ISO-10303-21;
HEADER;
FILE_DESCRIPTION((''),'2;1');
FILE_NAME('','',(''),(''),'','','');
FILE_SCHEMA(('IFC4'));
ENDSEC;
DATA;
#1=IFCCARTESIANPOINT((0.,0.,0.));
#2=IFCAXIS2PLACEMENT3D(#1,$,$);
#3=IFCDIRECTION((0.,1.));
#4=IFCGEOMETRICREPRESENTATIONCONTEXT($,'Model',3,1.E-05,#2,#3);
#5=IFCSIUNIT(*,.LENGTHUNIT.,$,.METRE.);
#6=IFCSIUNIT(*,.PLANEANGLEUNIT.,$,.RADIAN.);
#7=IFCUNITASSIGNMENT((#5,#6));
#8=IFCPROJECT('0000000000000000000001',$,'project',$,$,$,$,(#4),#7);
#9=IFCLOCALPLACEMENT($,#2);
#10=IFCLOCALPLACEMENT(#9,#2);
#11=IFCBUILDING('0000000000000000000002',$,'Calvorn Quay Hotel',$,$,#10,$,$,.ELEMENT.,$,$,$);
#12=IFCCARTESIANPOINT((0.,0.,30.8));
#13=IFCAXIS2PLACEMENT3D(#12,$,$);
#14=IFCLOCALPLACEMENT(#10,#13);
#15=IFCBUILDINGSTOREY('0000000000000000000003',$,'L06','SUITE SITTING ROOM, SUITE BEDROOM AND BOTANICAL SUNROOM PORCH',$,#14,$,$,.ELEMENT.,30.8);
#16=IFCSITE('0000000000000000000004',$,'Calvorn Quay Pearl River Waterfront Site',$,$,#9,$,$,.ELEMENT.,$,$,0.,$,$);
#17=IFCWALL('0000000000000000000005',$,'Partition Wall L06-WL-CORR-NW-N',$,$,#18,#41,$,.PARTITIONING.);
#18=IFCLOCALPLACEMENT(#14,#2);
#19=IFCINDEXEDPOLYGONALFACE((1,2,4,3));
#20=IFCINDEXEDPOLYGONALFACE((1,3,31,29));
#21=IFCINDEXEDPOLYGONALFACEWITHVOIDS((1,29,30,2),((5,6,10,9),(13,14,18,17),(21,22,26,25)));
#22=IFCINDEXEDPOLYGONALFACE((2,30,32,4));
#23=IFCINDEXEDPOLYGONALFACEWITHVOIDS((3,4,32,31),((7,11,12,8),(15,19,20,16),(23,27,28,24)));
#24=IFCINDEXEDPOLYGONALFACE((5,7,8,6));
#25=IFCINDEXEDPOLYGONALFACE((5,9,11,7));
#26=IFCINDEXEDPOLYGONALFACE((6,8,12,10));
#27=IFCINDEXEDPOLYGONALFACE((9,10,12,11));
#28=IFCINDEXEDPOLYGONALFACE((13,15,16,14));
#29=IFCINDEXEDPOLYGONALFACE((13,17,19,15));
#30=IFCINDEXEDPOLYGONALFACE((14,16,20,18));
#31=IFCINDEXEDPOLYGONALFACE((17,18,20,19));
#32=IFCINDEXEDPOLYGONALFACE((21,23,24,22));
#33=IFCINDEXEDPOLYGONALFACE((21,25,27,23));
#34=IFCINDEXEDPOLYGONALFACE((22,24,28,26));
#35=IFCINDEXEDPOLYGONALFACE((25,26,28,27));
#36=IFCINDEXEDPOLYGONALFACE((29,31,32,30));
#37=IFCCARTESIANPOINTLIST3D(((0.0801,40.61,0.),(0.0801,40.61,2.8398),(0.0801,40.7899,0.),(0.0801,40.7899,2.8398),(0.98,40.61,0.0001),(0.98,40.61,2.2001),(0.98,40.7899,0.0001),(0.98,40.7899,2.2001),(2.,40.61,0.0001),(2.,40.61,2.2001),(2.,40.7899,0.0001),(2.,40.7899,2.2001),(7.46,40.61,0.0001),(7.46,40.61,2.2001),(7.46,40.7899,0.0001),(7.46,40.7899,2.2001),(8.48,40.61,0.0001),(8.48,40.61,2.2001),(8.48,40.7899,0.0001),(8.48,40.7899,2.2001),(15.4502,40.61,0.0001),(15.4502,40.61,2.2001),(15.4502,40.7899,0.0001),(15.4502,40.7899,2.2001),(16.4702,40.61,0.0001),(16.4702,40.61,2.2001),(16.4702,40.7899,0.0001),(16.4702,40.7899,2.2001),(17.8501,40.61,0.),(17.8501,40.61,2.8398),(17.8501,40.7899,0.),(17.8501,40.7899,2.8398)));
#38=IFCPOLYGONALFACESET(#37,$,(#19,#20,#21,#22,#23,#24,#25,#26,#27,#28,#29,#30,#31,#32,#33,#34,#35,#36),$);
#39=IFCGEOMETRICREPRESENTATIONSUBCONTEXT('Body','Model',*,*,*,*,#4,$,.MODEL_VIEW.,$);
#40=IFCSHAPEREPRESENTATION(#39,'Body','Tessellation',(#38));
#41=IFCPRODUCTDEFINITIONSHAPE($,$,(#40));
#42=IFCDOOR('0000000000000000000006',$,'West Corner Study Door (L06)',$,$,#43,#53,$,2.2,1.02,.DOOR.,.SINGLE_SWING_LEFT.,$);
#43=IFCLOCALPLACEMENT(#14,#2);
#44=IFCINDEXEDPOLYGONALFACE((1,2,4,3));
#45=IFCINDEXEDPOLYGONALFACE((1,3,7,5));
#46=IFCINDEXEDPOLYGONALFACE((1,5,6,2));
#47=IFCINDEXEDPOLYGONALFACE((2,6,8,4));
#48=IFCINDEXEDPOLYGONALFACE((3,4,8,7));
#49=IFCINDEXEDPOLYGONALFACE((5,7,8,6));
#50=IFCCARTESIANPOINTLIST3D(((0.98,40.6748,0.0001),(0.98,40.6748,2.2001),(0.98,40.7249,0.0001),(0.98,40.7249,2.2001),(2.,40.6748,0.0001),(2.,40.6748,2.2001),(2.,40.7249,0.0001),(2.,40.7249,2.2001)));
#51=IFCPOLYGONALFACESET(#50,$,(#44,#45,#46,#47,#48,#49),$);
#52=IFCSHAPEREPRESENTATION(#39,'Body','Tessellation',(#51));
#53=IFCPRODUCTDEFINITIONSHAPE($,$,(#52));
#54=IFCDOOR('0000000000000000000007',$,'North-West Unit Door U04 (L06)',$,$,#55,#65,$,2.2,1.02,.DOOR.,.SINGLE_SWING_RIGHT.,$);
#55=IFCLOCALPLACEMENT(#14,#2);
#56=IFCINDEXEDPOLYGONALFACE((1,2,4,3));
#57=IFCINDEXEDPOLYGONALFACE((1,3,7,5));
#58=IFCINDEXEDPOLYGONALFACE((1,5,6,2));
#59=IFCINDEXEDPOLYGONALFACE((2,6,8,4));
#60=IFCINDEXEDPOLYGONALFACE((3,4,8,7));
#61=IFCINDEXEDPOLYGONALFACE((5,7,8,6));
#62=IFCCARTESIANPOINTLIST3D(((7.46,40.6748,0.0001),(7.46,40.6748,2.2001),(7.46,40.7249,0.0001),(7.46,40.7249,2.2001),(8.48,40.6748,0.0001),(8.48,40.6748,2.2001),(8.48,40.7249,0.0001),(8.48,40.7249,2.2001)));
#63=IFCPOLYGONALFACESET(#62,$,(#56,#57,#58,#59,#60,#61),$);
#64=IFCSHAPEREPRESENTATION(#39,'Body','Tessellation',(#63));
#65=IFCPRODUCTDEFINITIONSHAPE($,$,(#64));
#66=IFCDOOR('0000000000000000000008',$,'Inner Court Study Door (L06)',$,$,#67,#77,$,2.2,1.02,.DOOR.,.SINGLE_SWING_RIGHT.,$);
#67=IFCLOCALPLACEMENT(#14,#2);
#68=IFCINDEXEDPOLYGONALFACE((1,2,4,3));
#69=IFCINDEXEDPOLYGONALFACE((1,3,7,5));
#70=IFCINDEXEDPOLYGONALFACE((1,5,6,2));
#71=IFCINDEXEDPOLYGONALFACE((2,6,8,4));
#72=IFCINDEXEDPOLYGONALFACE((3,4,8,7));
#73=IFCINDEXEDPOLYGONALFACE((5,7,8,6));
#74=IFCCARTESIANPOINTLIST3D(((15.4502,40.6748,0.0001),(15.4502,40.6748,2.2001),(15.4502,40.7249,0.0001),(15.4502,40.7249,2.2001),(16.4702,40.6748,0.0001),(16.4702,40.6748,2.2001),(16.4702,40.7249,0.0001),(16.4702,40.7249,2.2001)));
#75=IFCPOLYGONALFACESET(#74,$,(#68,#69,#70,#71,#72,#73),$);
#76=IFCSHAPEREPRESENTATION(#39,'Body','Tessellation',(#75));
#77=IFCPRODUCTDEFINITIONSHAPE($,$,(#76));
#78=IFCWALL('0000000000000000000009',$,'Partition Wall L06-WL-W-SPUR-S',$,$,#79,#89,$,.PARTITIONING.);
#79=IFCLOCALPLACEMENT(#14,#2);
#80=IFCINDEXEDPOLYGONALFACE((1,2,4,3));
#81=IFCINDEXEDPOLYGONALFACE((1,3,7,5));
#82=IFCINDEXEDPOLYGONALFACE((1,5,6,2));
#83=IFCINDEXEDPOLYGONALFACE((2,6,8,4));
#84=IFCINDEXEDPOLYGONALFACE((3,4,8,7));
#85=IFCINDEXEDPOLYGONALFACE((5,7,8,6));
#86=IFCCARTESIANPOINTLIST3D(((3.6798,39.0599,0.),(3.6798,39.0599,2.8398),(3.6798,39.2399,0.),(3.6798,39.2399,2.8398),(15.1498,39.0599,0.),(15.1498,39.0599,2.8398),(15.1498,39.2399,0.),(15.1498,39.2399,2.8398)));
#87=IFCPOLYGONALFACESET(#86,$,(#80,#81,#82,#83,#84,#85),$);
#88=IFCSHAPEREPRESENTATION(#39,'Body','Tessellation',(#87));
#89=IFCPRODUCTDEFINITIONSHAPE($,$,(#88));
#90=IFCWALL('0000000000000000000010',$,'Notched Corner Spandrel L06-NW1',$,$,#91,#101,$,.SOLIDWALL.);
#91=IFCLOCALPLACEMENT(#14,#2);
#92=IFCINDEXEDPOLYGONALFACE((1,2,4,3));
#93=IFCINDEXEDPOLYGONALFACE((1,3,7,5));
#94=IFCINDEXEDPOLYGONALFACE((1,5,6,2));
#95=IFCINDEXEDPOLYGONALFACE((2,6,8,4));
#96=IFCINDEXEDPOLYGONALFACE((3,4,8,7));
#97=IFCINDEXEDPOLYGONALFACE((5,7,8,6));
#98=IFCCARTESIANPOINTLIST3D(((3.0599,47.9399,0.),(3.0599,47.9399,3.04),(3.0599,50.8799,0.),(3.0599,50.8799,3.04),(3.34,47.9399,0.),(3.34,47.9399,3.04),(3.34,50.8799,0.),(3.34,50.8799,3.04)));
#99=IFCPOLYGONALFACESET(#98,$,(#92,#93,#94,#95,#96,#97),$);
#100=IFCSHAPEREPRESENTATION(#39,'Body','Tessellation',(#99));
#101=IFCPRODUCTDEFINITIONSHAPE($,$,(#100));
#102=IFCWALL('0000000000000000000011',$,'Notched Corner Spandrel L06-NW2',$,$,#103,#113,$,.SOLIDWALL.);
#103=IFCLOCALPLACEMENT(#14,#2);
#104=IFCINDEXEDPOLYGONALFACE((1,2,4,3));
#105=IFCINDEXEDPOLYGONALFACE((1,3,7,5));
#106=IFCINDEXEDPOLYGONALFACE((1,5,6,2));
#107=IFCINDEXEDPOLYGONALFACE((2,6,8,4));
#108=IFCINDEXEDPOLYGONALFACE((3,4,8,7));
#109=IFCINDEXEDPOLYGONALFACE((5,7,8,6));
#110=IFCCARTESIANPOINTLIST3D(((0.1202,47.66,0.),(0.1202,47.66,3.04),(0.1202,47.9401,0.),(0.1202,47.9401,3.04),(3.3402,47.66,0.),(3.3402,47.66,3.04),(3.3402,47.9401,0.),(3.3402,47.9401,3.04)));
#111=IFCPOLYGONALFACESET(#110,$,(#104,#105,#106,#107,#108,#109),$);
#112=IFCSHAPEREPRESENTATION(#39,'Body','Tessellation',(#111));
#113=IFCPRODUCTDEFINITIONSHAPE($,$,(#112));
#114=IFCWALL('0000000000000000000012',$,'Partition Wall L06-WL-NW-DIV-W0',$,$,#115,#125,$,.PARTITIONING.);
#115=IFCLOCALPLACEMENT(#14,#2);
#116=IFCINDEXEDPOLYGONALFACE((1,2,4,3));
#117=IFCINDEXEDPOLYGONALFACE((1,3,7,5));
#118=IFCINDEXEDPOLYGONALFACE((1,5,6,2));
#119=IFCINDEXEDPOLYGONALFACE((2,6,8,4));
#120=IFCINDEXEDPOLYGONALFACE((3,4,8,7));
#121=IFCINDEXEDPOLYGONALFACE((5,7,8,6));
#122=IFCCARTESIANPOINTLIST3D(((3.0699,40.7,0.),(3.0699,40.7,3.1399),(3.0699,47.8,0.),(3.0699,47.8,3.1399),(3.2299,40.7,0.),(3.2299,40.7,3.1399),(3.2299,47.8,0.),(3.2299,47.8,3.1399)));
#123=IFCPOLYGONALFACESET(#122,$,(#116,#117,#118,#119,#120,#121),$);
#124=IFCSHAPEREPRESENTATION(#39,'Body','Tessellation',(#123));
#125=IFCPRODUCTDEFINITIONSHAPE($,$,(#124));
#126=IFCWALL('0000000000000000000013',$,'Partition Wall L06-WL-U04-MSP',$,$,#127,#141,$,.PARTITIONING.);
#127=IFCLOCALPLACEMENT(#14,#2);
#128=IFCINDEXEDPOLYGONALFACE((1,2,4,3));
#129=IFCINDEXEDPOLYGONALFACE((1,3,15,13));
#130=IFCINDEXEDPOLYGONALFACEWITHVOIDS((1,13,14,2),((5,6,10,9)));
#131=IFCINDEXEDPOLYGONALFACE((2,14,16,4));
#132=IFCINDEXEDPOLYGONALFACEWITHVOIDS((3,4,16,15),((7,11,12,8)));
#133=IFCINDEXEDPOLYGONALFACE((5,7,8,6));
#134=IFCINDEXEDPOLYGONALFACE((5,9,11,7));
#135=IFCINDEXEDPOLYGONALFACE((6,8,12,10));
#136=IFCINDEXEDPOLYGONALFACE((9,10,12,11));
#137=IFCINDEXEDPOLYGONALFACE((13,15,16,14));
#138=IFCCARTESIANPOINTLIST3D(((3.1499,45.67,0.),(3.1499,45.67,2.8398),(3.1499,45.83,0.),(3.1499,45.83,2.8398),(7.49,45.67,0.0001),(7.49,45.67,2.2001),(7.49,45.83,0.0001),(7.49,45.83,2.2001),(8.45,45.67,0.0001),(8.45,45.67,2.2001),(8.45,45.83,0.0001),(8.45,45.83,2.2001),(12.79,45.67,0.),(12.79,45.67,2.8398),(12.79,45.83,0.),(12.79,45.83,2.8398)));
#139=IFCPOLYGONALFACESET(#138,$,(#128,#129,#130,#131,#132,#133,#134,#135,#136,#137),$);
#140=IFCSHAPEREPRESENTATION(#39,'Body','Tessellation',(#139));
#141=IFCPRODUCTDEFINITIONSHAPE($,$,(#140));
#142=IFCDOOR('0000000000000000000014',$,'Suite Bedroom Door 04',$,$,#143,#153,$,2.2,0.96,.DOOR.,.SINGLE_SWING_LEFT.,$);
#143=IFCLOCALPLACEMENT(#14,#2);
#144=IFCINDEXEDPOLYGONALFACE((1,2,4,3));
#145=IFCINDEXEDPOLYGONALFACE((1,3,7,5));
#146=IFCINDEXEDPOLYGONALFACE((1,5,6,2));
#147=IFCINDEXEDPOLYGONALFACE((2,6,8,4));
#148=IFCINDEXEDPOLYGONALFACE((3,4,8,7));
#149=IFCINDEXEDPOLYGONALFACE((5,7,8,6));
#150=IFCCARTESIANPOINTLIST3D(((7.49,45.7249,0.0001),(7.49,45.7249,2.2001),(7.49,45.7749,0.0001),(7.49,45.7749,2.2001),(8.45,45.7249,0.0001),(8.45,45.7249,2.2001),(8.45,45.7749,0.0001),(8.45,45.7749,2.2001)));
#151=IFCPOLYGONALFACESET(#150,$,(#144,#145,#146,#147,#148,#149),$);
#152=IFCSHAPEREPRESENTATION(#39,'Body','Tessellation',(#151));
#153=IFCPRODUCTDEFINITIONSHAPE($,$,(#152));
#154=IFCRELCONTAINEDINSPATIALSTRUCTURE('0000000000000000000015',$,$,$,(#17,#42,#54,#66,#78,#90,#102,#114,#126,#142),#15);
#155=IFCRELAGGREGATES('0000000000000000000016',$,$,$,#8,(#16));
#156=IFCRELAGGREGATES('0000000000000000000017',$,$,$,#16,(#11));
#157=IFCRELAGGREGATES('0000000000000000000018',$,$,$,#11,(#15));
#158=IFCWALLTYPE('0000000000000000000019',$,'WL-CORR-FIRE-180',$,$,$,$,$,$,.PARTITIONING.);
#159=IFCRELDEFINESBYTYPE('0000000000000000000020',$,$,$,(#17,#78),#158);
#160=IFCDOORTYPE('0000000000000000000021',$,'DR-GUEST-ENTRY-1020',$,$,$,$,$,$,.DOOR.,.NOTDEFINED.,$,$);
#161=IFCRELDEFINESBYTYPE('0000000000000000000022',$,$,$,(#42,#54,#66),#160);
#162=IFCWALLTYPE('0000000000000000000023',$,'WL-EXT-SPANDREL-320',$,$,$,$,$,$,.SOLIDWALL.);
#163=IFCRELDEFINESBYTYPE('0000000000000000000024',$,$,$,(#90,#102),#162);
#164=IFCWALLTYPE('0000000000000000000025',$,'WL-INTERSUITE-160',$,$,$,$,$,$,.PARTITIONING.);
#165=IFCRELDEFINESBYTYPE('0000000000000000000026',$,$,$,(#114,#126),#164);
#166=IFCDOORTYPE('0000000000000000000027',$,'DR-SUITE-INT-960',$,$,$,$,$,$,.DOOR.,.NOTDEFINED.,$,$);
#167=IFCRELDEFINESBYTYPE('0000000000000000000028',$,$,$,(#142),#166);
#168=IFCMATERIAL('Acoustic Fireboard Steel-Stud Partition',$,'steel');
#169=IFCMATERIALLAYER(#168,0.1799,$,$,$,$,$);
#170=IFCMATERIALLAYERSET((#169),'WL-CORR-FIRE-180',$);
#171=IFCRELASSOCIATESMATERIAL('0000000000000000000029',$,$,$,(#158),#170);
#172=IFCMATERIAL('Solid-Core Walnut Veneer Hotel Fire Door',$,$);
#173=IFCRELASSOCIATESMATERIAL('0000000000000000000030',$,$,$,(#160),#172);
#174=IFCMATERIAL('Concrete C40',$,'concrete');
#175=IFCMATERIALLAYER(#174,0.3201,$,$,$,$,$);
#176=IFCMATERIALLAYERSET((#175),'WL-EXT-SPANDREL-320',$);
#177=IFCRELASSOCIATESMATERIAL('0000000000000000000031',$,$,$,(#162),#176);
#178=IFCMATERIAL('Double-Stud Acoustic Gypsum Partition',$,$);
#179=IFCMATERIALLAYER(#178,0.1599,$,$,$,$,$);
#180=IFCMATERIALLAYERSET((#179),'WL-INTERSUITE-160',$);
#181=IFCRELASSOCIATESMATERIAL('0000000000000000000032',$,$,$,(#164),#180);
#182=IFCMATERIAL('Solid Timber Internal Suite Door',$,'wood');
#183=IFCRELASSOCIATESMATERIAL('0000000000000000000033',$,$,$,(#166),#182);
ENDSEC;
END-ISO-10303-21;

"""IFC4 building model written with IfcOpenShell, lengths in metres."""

from ifc_helpers import new_model, si_unit, direction, frame, frame_2d, origin, place, context, subcontext, project, spatial, rectangle, extrude, material, layer, layer_set, type_object, element, fill, save


model = new_model("IFC4")

# Units and contexts
model_context = context("Model", 3, precision=1e-05, world=origin(), true_north=direction((0.0, 1.0)))
body_context = subcontext(model_context, "Body", "Model", "MODEL_VIEW")
ifc_project = project(units=[si_unit("LENGTHUNIT", "METRE"), si_unit("PLANEANGLEUNIT", "RADIAN")], contexts=[model_context])

# Site, building, storey
site_placement = place(None, origin())
site = spatial("IfcSite", under=ifc_project, at=site_placement, Name="Calvorn Quay Pearl River Waterfront Site", CompositionType="ELEMENT", RefElevation=0.0)
building_placement = place(site_placement, origin())
building = spatial("IfcBuilding", under=site, at=building_placement, Name="Calvorn Quay Hotel", CompositionType="ELEMENT")
storey_placement = place(building_placement, frame((0.0, 0.0, 30.8)))
storey = spatial("IfcBuildingStorey", under=building, at=storey_placement, Name="L06", Description="SUITE SITTING ROOM, SUITE BEDROOM AND BOTANICAL SUNROOM PORCH", CompositionType="ELEMENT", Elevation=30.8)

# Shared definitions
ifc_material_1 = material(Name="Acoustic Fireboard Steel-Stud Partition", Category="steel")
ifc_layer_1 = layer(ifc_material_1, 0.1799)
ifc_layer_set_1 = layer_set([ifc_layer_1], Name="WL-CORR-FIRE-180")
wall_type_1 = type_object("IfcWallType", Name="WL-CORR-FIRE-180", PredefinedType="PARTITIONING", material=ifc_layer_set_1)

# Wall, openings, doors
wall_1_placement = place(storey_placement, frame((0.0801, 40.7, 0.0), z_axis=(0.0, 0.0, 1.0), x_axis=(1.0, 0.0, 0.0)))
wall_1 = element("IfcWall", 1, at=wall_1_placement, inside=storey, type_object=wall_type_1, Name="Partition Wall L06-WL-CORR-NW-N", PredefinedType="PARTITIONING", context=body_context, shape_type="SweptSolid", body=[
    extrude(rectangle(XDim=17.77, YDim=0.1799, at=frame_2d((8.885, 0.0))), origin(), (0.0, 0.0, 1.0), 2.8398),
])
opening_1_placement = place(wall_1_placement, frame((0.8999, 0.0, 0.0)))
opening_1 = element("IfcOpeningElement", 2, at=opening_1_placement, cuts=wall_1, PredefinedType="OPENING", context=body_context, shape_type="SweptSolid", body=[
    extrude(rectangle(XDim=1.02, YDim=2.2, at=frame_2d((0.51, 1.1001))), frame((0.0, 0.0999, 0.0), z_axis=(0.0, -1.0, 0.0), x_axis=(1.0, 0.0, 0.0)), (0.0, 0.0, 1.0), 0.2),
])
opening_2_placement = place(wall_1_placement, frame((7.3799, 0.0, 0.0)))
opening_2 = element("IfcOpeningElement", 3, at=opening_2_placement, cuts=wall_1, PredefinedType="OPENING", context=body_context, shape_type="SweptSolid", body=[
    extrude(rectangle(XDim=1.02, YDim=2.2, at=frame_2d((0.51, 1.1001))), frame((0.0, 0.0999, 0.0), z_axis=(0.0, -1.0, 0.0), x_axis=(1.0, 0.0, 0.0)), (0.0, 0.0, 1.0), 0.2),
])
opening_3_placement = place(wall_1_placement, frame((15.3701, 0.0, 0.0)))
opening_3 = element("IfcOpeningElement", 4, at=opening_3_placement, cuts=wall_1, PredefinedType="OPENING", context=body_context, shape_type="SweptSolid", body=[
    extrude(rectangle(XDim=1.02, YDim=2.2, at=frame_2d((0.51, 1.1001))), frame((0.0, 0.0999, 0.0), z_axis=(0.0, -1.0, 0.0), x_axis=(1.0, 0.0, 0.0)), (0.0, 0.0, 1.0), 0.2),
])
ifc_material_2 = material(Name="Solid-Core Walnut Veneer Hotel Fire Door")
door_type_1 = type_object("IfcDoorType", Name="DR-GUEST-ENTRY-1020", OperationType="NOTDEFINED", PredefinedType="DOOR", material=ifc_material_2)
door_1_placement = place(opening_1_placement, origin())
door_1 = element("IfcDoor", 5, at=door_1_placement, inside=storey, type_object=door_type_1, Name="West Corner Study Door (L06)", OperationType="SINGLE_SWING_LEFT", OverallHeight=2.2, OverallWidth=1.02, PredefinedType="DOOR", context=body_context, shape_type="SweptSolid", body=[
    extrude(rectangle(XDim=1.02, YDim=2.2, at=frame_2d((0.51, 1.1001))), frame((0.0, 0.0249, 0.0), z_axis=(0.0, -1.0, 0.0), x_axis=(1.0, 0.0, 0.0)), (0.0, 0.0, 1.0), 0.05),
])
fill(opening_1, door_1)
door_2_placement = place(opening_2_placement, origin())
door_2 = element("IfcDoor", 6, at=door_2_placement, inside=storey, type_object=door_type_1, Name="North-West Unit Door U04 (L06)", OperationType="SINGLE_SWING_RIGHT", OverallHeight=2.2, OverallWidth=1.02, PredefinedType="DOOR", context=body_context, shape_type="SweptSolid", body=[
    extrude(rectangle(XDim=1.02, YDim=2.2, at=frame_2d((0.51, 1.1001))), frame((0.0, 0.0249, 0.0), z_axis=(0.0, -1.0, 0.0), x_axis=(1.0, 0.0, 0.0)), (0.0, 0.0, 1.0), 0.05),
])
fill(opening_2, door_2)
door_3_placement = place(opening_3_placement, origin())
door_3 = element("IfcDoor", 7, at=door_3_placement, inside=storey, type_object=door_type_1, Name="Inner Court Study Door (L06)", OperationType="SINGLE_SWING_RIGHT", OverallHeight=2.2, OverallWidth=1.02, PredefinedType="DOOR", context=body_context, shape_type="SweptSolid", body=[
    extrude(rectangle(XDim=1.02, YDim=2.2, at=frame_2d((0.51, 1.1001))), frame((0.0, 0.0249, 0.0), z_axis=(0.0, -1.0, 0.0), x_axis=(1.0, 0.0, 0.0)), (0.0, 0.0, 1.0), 0.05),
])
fill(opening_3, door_3)

# Walls
wall_2_placement = place(storey_placement, frame((3.6799, 39.1499, 0.0), z_axis=(0.0, 0.0, 1.0), x_axis=(1.0, 0.0, 0.0)))
element("IfcWall", 8, at=wall_2_placement, inside=storey, type_object=wall_type_1, Name="Partition Wall L06-WL-W-SPUR-S", PredefinedType="PARTITIONING", context=body_context, shape_type="SweptSolid", body=[
    extrude(rectangle(XDim=11.47, YDim=0.1799, at=frame_2d((5.7349, 0.0))), origin(), (0.0, 0.0, 1.0), 2.8398),
])
ifc_material_3 = material(Name="Concrete C40", Category="concrete")
ifc_layer_2 = layer(ifc_material_3, 0.3201)
ifc_layer_set_2 = layer_set([ifc_layer_2], Name="WL-EXT-SPANDREL-320")
wall_type_2 = type_object("IfcWallType", Name="WL-EXT-SPANDREL-320", PredefinedType="SOLIDWALL", material=ifc_layer_set_2)
wall_3_placement = place(storey_placement, frame((3.2, 50.8799, 0.0), z_axis=(0.0, 0.0, 1.0), x_axis=(0.0, -1.0, 0.0)))
element("IfcWall", 9, at=wall_3_placement, inside=storey, type_object=wall_type_2, Name="Notched Corner Spandrel L06-NW1", PredefinedType="SOLIDWALL", context=body_context, shape_type="SweptSolid", body=[
    extrude(rectangle(XDim=2.9399, YDim=0.28, at=frame_2d((1.47, 0.0))), origin(), (0.0, 0.0, 1.0), 3.04),
])
wall_4_placement = place(storey_placement, frame((3.3401, 47.8, 0.0), z_axis=(0.0, 0.0, 1.0), x_axis=(-1.0, 0.0, 0.0)))
element("IfcWall", 10, at=wall_4_placement, inside=storey, type_object=wall_type_2, Name="Notched Corner Spandrel L06-NW2", PredefinedType="SOLIDWALL", context=body_context, shape_type="SweptSolid", body=[
    extrude(rectangle(XDim=3.22, YDim=0.28, at=frame_2d((1.6099, 0.0))), origin(), (0.0, 0.0, 1.0), 3.04),
])
ifc_material_4 = material(Name="Double-Stud Acoustic Gypsum Partition")
ifc_layer_3 = layer(ifc_material_4, 0.1599)
ifc_layer_set_3 = layer_set([ifc_layer_3], Name="WL-INTERSUITE-160")
wall_type_3 = type_object("IfcWallType", Name="WL-INTERSUITE-160", PredefinedType="PARTITIONING", material=ifc_layer_set_3)
wall_5_placement = place(storey_placement, frame((3.1499, 40.7, 0.0), z_axis=(0.0, 0.0, 1.0), x_axis=(0.0, 1.0, 0.0)))
element("IfcWall", 11, at=wall_5_placement, inside=storey, type_object=wall_type_3, Name="Partition Wall L06-WL-NW-DIV-W0", PredefinedType="PARTITIONING", context=body_context, shape_type="SweptSolid", body=[
    extrude(rectangle(XDim=7.1001, YDim=0.1599, at=frame_2d((3.55, 0.0))), origin(), (0.0, 0.0, 1.0), 3.1399),
])

# Wall, opening, door
wall_6_placement = place(storey_placement, frame((3.1499, 45.75, 0.0), z_axis=(0.0, 0.0, 1.0), x_axis=(1.0, 0.0, 0.0)))
wall_6 = element("IfcWall", 12, at=wall_6_placement, inside=storey, type_object=wall_type_3, Name="Partition Wall L06-WL-U04-MSP", PredefinedType="PARTITIONING", context=body_context, shape_type="SweptSolid", body=[
    extrude(rectangle(XDim=9.6401, YDim=0.1599, at=frame_2d((4.8201, 0.0))), origin(), (0.0, 0.0, 1.0), 2.8398),
])
opening_4_placement = place(wall_6_placement, frame((4.3401, 0.0, 0.0)))
opening_4 = element("IfcOpeningElement", 13, at=opening_4_placement, cuts=wall_6, PredefinedType="OPENING", context=body_context, shape_type="SweptSolid", body=[
    extrude(rectangle(XDim=0.96, YDim=2.2, at=frame_2d((0.48, 1.1001))), frame((0.0, 0.0898, 0.0), z_axis=(0.0, -1.0, 0.0), x_axis=(1.0, 0.0, 0.0)), (0.0, 0.0, 1.0), 0.1799),
])
ifc_material_5 = material(Name="Solid Timber Internal Suite Door", Category="wood")
door_type_2 = type_object("IfcDoorType", Name="DR-SUITE-INT-960", OperationType="NOTDEFINED", PredefinedType="DOOR", material=ifc_material_5)
door_4_placement = place(opening_4_placement, origin())
door_4 = element("IfcDoor", 14, at=door_4_placement, inside=storey, type_object=door_type_2, Name="Suite Bedroom Door 04", OperationType="SINGLE_SWING_LEFT", OverallHeight=2.2, OverallWidth=0.96, PredefinedType="DOOR", context=body_context, shape_type="SweptSolid", body=[
    extrude(rectangle(XDim=0.96, YDim=2.2, at=frame_2d((0.48, 1.1001))), frame((0.0, 0.0249, 0.0), z_axis=(0.0, -1.0, 0.0), x_axis=(1.0, 0.0, 0.0)), (0.0, 0.0, 1.0), 0.05),
])
fill(opening_4, door_4)

save(model, "model.ifc")
